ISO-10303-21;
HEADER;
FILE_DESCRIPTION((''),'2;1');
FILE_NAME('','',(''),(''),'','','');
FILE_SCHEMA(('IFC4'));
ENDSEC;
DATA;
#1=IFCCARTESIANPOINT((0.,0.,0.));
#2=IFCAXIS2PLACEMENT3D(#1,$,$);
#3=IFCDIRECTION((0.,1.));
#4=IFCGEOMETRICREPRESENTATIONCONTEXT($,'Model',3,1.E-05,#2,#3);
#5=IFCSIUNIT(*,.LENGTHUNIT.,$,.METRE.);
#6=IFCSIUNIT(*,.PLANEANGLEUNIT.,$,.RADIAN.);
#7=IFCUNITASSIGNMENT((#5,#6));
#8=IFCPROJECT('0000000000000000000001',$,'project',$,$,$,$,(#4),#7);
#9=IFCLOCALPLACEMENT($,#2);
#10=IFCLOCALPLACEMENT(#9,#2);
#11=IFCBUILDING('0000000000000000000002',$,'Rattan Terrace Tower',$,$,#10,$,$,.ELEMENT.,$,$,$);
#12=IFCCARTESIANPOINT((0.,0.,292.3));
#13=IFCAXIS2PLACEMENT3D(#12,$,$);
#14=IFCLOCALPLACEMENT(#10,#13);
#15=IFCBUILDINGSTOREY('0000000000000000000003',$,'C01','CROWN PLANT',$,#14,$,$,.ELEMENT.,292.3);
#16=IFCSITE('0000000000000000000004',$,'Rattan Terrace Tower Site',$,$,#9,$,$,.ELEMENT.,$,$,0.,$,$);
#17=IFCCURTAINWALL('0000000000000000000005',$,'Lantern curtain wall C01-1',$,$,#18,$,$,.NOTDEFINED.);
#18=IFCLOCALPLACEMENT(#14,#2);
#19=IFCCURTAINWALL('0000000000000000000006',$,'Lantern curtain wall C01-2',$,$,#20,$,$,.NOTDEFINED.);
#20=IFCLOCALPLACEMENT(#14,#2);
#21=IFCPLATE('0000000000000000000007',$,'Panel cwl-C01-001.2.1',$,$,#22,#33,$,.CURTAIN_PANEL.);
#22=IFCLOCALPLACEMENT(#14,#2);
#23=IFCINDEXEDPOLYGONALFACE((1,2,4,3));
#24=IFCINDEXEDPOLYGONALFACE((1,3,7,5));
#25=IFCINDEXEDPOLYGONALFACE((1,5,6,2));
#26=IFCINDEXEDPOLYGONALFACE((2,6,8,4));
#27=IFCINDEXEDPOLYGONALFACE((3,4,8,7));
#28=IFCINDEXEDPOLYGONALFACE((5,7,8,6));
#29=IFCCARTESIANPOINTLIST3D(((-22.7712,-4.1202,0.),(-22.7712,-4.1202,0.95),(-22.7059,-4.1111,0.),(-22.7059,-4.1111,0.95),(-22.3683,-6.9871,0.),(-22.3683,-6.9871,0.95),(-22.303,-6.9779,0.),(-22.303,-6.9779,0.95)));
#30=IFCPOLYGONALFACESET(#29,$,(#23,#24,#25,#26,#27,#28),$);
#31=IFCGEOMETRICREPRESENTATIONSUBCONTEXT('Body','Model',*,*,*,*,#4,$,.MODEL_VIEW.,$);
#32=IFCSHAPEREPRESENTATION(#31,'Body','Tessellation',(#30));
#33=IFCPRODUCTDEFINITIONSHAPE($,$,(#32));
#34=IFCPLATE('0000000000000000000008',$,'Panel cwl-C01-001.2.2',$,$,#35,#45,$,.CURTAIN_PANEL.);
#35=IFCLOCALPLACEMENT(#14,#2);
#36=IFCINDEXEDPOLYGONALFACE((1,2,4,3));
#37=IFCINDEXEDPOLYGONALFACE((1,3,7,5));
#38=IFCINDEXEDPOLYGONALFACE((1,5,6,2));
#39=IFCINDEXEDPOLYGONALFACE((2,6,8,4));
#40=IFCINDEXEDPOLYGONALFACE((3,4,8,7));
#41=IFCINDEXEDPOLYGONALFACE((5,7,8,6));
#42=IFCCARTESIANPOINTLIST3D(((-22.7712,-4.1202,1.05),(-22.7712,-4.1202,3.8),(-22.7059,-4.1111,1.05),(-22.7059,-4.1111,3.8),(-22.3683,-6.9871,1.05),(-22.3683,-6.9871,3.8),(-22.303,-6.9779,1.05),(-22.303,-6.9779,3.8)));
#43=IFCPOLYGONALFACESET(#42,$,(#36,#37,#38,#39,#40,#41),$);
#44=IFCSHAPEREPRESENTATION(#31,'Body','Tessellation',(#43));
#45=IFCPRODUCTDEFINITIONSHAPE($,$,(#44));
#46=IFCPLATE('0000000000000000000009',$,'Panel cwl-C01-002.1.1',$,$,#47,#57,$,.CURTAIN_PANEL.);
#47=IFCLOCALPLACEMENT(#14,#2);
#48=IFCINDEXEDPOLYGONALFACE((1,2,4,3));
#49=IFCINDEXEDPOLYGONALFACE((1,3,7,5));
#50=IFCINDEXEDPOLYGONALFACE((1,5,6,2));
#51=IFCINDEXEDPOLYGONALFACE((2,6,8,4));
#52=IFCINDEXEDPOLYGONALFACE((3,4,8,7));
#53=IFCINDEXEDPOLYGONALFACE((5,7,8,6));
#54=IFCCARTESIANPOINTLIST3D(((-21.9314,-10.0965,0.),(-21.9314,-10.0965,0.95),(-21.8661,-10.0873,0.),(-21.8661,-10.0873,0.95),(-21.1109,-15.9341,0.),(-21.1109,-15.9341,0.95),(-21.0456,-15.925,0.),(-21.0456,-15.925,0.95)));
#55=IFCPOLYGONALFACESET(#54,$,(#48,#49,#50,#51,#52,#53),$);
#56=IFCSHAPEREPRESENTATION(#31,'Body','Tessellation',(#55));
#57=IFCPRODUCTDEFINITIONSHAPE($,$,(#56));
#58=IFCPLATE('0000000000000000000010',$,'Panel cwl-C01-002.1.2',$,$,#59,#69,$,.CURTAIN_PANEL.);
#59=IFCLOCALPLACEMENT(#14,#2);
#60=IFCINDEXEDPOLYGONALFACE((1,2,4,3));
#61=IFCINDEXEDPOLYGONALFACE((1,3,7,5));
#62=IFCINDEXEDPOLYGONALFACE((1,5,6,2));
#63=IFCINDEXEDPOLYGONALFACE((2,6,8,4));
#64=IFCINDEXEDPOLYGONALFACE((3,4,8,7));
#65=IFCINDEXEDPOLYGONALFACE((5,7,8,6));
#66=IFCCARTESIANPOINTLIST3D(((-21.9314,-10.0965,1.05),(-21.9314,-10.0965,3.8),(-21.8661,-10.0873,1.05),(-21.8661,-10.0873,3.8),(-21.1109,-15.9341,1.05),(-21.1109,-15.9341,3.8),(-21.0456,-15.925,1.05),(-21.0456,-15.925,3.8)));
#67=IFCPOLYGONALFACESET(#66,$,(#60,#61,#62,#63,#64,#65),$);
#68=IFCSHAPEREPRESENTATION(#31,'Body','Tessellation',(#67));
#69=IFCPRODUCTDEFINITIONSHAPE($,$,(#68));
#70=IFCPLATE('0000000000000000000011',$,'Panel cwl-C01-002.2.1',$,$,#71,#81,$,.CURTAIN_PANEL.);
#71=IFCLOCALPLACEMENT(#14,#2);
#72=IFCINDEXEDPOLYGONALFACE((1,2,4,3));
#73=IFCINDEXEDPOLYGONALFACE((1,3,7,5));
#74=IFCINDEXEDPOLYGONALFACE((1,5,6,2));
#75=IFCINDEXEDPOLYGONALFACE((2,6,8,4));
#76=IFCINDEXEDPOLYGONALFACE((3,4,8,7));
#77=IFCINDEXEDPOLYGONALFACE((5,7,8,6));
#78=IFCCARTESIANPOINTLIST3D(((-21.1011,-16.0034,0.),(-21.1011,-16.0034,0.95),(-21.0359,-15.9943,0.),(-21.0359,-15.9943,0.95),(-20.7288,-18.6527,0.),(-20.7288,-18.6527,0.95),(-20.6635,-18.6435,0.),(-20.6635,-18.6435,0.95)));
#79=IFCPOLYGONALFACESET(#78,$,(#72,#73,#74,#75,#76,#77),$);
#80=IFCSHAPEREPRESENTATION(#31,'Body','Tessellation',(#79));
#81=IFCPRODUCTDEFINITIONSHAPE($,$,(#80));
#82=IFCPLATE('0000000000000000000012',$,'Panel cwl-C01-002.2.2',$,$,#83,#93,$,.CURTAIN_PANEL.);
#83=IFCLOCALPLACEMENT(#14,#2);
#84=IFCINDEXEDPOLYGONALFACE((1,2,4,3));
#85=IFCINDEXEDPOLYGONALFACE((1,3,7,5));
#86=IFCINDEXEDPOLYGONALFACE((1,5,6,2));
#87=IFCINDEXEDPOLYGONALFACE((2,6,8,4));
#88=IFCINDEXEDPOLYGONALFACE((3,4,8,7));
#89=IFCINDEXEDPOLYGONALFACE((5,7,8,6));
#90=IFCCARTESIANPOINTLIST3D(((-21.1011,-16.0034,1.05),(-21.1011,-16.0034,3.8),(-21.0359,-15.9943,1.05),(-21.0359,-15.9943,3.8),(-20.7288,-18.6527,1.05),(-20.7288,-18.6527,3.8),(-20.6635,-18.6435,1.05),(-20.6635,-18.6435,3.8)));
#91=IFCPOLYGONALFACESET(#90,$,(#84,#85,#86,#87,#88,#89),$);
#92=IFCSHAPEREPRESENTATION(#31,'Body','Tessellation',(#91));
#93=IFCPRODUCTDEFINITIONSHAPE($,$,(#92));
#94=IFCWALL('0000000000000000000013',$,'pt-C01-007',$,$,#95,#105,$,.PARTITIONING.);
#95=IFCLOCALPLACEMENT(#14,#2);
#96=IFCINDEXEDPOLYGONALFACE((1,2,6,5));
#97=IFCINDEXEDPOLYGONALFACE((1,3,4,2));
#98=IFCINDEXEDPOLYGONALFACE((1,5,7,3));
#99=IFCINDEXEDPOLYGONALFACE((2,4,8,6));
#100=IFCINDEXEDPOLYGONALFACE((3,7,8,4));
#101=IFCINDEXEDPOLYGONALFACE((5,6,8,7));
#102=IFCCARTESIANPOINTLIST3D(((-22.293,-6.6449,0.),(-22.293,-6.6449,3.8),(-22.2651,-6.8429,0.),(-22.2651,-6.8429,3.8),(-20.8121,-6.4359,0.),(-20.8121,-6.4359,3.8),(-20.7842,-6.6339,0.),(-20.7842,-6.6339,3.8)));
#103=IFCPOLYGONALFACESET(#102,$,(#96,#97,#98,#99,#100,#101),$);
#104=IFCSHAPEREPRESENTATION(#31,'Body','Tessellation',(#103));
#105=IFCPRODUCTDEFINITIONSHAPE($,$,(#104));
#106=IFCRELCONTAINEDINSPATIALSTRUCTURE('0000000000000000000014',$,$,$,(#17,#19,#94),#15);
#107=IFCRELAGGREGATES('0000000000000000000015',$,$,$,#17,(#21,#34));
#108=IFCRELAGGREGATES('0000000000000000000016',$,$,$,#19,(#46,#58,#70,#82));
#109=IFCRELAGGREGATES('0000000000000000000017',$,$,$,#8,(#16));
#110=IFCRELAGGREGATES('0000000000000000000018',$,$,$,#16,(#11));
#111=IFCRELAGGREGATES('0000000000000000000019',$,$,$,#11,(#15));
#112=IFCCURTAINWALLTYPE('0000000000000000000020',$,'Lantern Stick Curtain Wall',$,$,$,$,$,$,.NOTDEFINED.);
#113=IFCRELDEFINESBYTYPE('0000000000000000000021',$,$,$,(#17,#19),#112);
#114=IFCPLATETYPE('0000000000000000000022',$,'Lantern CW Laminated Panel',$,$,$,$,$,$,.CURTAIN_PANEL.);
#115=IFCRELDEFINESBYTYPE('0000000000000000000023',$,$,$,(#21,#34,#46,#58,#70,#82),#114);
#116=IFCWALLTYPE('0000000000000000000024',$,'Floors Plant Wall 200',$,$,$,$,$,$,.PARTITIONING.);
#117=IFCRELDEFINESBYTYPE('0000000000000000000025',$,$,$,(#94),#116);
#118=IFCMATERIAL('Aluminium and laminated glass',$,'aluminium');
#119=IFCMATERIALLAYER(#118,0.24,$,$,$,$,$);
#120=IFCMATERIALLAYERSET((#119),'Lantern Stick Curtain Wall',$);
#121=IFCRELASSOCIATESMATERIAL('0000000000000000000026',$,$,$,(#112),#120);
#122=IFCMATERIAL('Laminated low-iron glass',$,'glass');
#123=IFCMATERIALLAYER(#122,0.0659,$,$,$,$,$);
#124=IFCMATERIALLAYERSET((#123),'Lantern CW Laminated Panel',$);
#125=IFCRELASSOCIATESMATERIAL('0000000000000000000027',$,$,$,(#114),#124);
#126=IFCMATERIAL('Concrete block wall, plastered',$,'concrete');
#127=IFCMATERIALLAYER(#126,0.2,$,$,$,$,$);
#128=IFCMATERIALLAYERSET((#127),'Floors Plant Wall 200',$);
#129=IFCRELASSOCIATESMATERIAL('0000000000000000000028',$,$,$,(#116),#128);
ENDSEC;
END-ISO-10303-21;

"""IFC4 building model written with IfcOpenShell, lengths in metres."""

from ifc_helpers import new_model, si_unit, direction, frame, frame_2d, origin, origin_2d, place, context, subcontext, project, spatial, rectangle, extrude, material, layer, layer_set, type_object, element, aggregate, save


model = new_model("IFC4")

# Units and contexts
model_context = context("Model", 3, precision=1e-05, world=origin(), true_north=direction((0.0, 1.0)))
body_context = subcontext(model_context, "Body", "Model", "MODEL_VIEW")
ifc_project = project(units=[si_unit("LENGTHUNIT", "METRE"), si_unit("PLANEANGLEUNIT", "RADIAN")], contexts=[model_context])

# Site, building, storey
site_placement = place(None, origin())
site = spatial("IfcSite", under=ifc_project, at=site_placement, Name="Rattan Terrace Tower Site", CompositionType="ELEMENT", RefElevation=0.0)
building_placement = place(site_placement, origin())
building = spatial("IfcBuilding", under=site, at=building_placement, Name="Rattan Terrace Tower", CompositionType="ELEMENT")
storey_placement = place(building_placement, frame((0.0, 0.0, 292.3)))
storey = spatial("IfcBuildingStorey", under=building, at=storey_placement, Name="C01", Description="CROWN PLANT", CompositionType="ELEMENT", Elevation=292.3)

# Curtain wall
ifc_material_1 = material(Name="Aluminium and laminated glass", Category="aluminium")
ifc_layer_1 = layer(ifc_material_1, 0.24)
ifc_layer_set_1 = layer_set([ifc_layer_1], Name="Lantern Stick Curtain Wall")
curtain_wall_type = type_object("IfcCurtainWallType", Name="Lantern Stick Curtain Wall", PredefinedType="NOTDEFINED", material=ifc_layer_set_1)
curtain_wall_1_placement = place(storey_placement, origin())
curtain_wall_1 = element("IfcCurtainWall", 1, at=curtain_wall_1_placement, inside=storey, type_object=curtain_wall_type, Name="Lantern curtain wall C01-1", PredefinedType="NOTDEFINED")

# Curtain wall
curtain_wall_2_placement = place(storey_placement, origin())
curtain_wall_2 = element("IfcCurtainWall", 2, at=curtain_wall_2_placement, inside=storey, type_object=curtain_wall_type, Name="Lantern curtain wall C01-2", PredefinedType="NOTDEFINED")

# Plates
ifc_material_2 = material(Name="Laminated low-iron glass", Category="glass")
ifc_layer_2 = layer(ifc_material_2, 0.0659)
ifc_layer_set_2 = layer_set([ifc_layer_2], Name="Lantern CW Laminated Panel")
plate_type = type_object("IfcPlateType", Name="Lantern CW Laminated Panel", PredefinedType="CURTAIN_PANEL", material=ifc_layer_set_2)
plate_1_placement = place(storey_placement, frame((-22.5371, -5.5491, 0.0), z_axis=(0.0, 0.0, 1.0), x_axis=(0.139188, -0.990266, 0.0)))
plate_1 = element("IfcPlate", 3, at=plate_1_placement, type_object=plate_type, Name="Panel cwl-C01-001.2.1", PredefinedType="CURTAIN_PANEL", context=body_context, shape_type="SweptSolid", body=[
    extrude(rectangle(XDim=2.895, YDim=0.0659, at=origin_2d()), origin(), (0.0, 0.0, 1.0), 0.95),
])
plate_2_placement = place(storey_placement, frame((-22.5371, -5.5491, 1.05), z_axis=(0.0, 0.0, 1.0), x_axis=(0.139188, -0.990266, 0.0)))
plate_2 = element("IfcPlate", 4, at=plate_2_placement, type_object=plate_type, Name="Panel cwl-C01-001.2.2", PredefinedType="CURTAIN_PANEL", context=body_context, shape_type="SweptSolid", body=[
    extrude(rectangle(XDim=2.895, YDim=0.0659, at=origin_2d()), origin(), (0.0, 0.0, 1.0), 2.75),
])
aggregate(curtain_wall_1, [plate_1, plate_2])
plate_3_placement = place(storey_placement, frame((-21.4885, -13.0107, 0.0), z_axis=(0.0, 0.0, 1.0), x_axis=(0.139188, -0.990266, 0.0)))
plate_3 = element("IfcPlate", 5, at=plate_3_placement, type_object=plate_type, Name="Panel cwl-C01-002.1.1", PredefinedType="CURTAIN_PANEL", context=body_context, shape_type="SweptSolid", body=[
    extrude(rectangle(XDim=5.895, YDim=0.0659, at=origin_2d()), origin(), (0.0, 0.0, 1.0), 0.95),
])
plate_4_placement = place(storey_placement, frame((-21.4885, -13.0107, 1.05), z_axis=(0.0, 0.0, 1.0), x_axis=(0.139188, -0.990266, 0.0)))
plate_4 = element("IfcPlate", 6, at=plate_4_placement, type_object=plate_type, Name="Panel cwl-C01-002.1.2", PredefinedType="CURTAIN_PANEL", context=body_context, shape_type="SweptSolid", body=[
    extrude(rectangle(XDim=5.895, YDim=0.0659, at=origin_2d()), origin(), (0.0, 0.0, 1.0), 2.75),
])
plate_5_placement = place(storey_placement, frame((-20.8823, -17.3235, 0.0), z_axis=(0.0, 0.0, 1.0), x_axis=(0.139188, -0.990266, 0.0)))
plate_5 = element("IfcPlate", 7, at=plate_5_placement, type_object=plate_type, Name="Panel cwl-C01-002.2.1", PredefinedType="CURTAIN_PANEL", context=body_context, shape_type="SweptSolid", body=[
    extrude(rectangle(XDim=2.6753, YDim=0.0659, at=origin_2d()), origin(), (0.0, 0.0, 1.0), 0.95),
])
plate_6_placement = place(storey_placement, frame((-20.8823, -17.3235, 1.05), z_axis=(0.0, 0.0, 1.0), x_axis=(0.139188, -0.990266, 0.0)))
plate_6 = element("IfcPlate", 8, at=plate_6_placement, type_object=plate_type, Name="Panel cwl-C01-002.2.2", PredefinedType="CURTAIN_PANEL", context=body_context, shape_type="SweptSolid", body=[
    extrude(rectangle(XDim=2.6753, YDim=0.0659, at=origin_2d()), origin(), (0.0, 0.0, 1.0), 2.75),
])
aggregate(curtain_wall_2, [plate_3, plate_4, plate_5, plate_6])

# Wall
ifc_material_3 = material(Name="Concrete block wall, plastered", Category="concrete")
ifc_layer_3 = layer(ifc_material_3, 0.2)
ifc_layer_set_3 = layer_set([ifc_layer_3], Name="Floors Plant Wall 200")
wall_type_1 = type_object("IfcWallType", Name="Floors Plant Wall 200", PredefinedType="PARTITIONING", material=ifc_layer_set_3)
wall_1_placement = place(storey_placement, frame((-22.2791, -6.7439, 0.0), z_axis=(0.0, 0.0, 1.0), x_axis=(0.99019, 0.13973, 0.0)))
element("IfcWall", 9, at=wall_1_placement, inside=storey, type_object=wall_type_1, Name="pt-C01-007", PredefinedType="PARTITIONING", context=body_context, shape_type="SweptSolid", body=[
    extrude(rectangle(XDim=1.4956, YDim=0.2, at=frame_2d((0.7478, 0.0))), origin(), (0.0, 0.0, 1.0), 3.8),
])

save(model, "model.ifc")
